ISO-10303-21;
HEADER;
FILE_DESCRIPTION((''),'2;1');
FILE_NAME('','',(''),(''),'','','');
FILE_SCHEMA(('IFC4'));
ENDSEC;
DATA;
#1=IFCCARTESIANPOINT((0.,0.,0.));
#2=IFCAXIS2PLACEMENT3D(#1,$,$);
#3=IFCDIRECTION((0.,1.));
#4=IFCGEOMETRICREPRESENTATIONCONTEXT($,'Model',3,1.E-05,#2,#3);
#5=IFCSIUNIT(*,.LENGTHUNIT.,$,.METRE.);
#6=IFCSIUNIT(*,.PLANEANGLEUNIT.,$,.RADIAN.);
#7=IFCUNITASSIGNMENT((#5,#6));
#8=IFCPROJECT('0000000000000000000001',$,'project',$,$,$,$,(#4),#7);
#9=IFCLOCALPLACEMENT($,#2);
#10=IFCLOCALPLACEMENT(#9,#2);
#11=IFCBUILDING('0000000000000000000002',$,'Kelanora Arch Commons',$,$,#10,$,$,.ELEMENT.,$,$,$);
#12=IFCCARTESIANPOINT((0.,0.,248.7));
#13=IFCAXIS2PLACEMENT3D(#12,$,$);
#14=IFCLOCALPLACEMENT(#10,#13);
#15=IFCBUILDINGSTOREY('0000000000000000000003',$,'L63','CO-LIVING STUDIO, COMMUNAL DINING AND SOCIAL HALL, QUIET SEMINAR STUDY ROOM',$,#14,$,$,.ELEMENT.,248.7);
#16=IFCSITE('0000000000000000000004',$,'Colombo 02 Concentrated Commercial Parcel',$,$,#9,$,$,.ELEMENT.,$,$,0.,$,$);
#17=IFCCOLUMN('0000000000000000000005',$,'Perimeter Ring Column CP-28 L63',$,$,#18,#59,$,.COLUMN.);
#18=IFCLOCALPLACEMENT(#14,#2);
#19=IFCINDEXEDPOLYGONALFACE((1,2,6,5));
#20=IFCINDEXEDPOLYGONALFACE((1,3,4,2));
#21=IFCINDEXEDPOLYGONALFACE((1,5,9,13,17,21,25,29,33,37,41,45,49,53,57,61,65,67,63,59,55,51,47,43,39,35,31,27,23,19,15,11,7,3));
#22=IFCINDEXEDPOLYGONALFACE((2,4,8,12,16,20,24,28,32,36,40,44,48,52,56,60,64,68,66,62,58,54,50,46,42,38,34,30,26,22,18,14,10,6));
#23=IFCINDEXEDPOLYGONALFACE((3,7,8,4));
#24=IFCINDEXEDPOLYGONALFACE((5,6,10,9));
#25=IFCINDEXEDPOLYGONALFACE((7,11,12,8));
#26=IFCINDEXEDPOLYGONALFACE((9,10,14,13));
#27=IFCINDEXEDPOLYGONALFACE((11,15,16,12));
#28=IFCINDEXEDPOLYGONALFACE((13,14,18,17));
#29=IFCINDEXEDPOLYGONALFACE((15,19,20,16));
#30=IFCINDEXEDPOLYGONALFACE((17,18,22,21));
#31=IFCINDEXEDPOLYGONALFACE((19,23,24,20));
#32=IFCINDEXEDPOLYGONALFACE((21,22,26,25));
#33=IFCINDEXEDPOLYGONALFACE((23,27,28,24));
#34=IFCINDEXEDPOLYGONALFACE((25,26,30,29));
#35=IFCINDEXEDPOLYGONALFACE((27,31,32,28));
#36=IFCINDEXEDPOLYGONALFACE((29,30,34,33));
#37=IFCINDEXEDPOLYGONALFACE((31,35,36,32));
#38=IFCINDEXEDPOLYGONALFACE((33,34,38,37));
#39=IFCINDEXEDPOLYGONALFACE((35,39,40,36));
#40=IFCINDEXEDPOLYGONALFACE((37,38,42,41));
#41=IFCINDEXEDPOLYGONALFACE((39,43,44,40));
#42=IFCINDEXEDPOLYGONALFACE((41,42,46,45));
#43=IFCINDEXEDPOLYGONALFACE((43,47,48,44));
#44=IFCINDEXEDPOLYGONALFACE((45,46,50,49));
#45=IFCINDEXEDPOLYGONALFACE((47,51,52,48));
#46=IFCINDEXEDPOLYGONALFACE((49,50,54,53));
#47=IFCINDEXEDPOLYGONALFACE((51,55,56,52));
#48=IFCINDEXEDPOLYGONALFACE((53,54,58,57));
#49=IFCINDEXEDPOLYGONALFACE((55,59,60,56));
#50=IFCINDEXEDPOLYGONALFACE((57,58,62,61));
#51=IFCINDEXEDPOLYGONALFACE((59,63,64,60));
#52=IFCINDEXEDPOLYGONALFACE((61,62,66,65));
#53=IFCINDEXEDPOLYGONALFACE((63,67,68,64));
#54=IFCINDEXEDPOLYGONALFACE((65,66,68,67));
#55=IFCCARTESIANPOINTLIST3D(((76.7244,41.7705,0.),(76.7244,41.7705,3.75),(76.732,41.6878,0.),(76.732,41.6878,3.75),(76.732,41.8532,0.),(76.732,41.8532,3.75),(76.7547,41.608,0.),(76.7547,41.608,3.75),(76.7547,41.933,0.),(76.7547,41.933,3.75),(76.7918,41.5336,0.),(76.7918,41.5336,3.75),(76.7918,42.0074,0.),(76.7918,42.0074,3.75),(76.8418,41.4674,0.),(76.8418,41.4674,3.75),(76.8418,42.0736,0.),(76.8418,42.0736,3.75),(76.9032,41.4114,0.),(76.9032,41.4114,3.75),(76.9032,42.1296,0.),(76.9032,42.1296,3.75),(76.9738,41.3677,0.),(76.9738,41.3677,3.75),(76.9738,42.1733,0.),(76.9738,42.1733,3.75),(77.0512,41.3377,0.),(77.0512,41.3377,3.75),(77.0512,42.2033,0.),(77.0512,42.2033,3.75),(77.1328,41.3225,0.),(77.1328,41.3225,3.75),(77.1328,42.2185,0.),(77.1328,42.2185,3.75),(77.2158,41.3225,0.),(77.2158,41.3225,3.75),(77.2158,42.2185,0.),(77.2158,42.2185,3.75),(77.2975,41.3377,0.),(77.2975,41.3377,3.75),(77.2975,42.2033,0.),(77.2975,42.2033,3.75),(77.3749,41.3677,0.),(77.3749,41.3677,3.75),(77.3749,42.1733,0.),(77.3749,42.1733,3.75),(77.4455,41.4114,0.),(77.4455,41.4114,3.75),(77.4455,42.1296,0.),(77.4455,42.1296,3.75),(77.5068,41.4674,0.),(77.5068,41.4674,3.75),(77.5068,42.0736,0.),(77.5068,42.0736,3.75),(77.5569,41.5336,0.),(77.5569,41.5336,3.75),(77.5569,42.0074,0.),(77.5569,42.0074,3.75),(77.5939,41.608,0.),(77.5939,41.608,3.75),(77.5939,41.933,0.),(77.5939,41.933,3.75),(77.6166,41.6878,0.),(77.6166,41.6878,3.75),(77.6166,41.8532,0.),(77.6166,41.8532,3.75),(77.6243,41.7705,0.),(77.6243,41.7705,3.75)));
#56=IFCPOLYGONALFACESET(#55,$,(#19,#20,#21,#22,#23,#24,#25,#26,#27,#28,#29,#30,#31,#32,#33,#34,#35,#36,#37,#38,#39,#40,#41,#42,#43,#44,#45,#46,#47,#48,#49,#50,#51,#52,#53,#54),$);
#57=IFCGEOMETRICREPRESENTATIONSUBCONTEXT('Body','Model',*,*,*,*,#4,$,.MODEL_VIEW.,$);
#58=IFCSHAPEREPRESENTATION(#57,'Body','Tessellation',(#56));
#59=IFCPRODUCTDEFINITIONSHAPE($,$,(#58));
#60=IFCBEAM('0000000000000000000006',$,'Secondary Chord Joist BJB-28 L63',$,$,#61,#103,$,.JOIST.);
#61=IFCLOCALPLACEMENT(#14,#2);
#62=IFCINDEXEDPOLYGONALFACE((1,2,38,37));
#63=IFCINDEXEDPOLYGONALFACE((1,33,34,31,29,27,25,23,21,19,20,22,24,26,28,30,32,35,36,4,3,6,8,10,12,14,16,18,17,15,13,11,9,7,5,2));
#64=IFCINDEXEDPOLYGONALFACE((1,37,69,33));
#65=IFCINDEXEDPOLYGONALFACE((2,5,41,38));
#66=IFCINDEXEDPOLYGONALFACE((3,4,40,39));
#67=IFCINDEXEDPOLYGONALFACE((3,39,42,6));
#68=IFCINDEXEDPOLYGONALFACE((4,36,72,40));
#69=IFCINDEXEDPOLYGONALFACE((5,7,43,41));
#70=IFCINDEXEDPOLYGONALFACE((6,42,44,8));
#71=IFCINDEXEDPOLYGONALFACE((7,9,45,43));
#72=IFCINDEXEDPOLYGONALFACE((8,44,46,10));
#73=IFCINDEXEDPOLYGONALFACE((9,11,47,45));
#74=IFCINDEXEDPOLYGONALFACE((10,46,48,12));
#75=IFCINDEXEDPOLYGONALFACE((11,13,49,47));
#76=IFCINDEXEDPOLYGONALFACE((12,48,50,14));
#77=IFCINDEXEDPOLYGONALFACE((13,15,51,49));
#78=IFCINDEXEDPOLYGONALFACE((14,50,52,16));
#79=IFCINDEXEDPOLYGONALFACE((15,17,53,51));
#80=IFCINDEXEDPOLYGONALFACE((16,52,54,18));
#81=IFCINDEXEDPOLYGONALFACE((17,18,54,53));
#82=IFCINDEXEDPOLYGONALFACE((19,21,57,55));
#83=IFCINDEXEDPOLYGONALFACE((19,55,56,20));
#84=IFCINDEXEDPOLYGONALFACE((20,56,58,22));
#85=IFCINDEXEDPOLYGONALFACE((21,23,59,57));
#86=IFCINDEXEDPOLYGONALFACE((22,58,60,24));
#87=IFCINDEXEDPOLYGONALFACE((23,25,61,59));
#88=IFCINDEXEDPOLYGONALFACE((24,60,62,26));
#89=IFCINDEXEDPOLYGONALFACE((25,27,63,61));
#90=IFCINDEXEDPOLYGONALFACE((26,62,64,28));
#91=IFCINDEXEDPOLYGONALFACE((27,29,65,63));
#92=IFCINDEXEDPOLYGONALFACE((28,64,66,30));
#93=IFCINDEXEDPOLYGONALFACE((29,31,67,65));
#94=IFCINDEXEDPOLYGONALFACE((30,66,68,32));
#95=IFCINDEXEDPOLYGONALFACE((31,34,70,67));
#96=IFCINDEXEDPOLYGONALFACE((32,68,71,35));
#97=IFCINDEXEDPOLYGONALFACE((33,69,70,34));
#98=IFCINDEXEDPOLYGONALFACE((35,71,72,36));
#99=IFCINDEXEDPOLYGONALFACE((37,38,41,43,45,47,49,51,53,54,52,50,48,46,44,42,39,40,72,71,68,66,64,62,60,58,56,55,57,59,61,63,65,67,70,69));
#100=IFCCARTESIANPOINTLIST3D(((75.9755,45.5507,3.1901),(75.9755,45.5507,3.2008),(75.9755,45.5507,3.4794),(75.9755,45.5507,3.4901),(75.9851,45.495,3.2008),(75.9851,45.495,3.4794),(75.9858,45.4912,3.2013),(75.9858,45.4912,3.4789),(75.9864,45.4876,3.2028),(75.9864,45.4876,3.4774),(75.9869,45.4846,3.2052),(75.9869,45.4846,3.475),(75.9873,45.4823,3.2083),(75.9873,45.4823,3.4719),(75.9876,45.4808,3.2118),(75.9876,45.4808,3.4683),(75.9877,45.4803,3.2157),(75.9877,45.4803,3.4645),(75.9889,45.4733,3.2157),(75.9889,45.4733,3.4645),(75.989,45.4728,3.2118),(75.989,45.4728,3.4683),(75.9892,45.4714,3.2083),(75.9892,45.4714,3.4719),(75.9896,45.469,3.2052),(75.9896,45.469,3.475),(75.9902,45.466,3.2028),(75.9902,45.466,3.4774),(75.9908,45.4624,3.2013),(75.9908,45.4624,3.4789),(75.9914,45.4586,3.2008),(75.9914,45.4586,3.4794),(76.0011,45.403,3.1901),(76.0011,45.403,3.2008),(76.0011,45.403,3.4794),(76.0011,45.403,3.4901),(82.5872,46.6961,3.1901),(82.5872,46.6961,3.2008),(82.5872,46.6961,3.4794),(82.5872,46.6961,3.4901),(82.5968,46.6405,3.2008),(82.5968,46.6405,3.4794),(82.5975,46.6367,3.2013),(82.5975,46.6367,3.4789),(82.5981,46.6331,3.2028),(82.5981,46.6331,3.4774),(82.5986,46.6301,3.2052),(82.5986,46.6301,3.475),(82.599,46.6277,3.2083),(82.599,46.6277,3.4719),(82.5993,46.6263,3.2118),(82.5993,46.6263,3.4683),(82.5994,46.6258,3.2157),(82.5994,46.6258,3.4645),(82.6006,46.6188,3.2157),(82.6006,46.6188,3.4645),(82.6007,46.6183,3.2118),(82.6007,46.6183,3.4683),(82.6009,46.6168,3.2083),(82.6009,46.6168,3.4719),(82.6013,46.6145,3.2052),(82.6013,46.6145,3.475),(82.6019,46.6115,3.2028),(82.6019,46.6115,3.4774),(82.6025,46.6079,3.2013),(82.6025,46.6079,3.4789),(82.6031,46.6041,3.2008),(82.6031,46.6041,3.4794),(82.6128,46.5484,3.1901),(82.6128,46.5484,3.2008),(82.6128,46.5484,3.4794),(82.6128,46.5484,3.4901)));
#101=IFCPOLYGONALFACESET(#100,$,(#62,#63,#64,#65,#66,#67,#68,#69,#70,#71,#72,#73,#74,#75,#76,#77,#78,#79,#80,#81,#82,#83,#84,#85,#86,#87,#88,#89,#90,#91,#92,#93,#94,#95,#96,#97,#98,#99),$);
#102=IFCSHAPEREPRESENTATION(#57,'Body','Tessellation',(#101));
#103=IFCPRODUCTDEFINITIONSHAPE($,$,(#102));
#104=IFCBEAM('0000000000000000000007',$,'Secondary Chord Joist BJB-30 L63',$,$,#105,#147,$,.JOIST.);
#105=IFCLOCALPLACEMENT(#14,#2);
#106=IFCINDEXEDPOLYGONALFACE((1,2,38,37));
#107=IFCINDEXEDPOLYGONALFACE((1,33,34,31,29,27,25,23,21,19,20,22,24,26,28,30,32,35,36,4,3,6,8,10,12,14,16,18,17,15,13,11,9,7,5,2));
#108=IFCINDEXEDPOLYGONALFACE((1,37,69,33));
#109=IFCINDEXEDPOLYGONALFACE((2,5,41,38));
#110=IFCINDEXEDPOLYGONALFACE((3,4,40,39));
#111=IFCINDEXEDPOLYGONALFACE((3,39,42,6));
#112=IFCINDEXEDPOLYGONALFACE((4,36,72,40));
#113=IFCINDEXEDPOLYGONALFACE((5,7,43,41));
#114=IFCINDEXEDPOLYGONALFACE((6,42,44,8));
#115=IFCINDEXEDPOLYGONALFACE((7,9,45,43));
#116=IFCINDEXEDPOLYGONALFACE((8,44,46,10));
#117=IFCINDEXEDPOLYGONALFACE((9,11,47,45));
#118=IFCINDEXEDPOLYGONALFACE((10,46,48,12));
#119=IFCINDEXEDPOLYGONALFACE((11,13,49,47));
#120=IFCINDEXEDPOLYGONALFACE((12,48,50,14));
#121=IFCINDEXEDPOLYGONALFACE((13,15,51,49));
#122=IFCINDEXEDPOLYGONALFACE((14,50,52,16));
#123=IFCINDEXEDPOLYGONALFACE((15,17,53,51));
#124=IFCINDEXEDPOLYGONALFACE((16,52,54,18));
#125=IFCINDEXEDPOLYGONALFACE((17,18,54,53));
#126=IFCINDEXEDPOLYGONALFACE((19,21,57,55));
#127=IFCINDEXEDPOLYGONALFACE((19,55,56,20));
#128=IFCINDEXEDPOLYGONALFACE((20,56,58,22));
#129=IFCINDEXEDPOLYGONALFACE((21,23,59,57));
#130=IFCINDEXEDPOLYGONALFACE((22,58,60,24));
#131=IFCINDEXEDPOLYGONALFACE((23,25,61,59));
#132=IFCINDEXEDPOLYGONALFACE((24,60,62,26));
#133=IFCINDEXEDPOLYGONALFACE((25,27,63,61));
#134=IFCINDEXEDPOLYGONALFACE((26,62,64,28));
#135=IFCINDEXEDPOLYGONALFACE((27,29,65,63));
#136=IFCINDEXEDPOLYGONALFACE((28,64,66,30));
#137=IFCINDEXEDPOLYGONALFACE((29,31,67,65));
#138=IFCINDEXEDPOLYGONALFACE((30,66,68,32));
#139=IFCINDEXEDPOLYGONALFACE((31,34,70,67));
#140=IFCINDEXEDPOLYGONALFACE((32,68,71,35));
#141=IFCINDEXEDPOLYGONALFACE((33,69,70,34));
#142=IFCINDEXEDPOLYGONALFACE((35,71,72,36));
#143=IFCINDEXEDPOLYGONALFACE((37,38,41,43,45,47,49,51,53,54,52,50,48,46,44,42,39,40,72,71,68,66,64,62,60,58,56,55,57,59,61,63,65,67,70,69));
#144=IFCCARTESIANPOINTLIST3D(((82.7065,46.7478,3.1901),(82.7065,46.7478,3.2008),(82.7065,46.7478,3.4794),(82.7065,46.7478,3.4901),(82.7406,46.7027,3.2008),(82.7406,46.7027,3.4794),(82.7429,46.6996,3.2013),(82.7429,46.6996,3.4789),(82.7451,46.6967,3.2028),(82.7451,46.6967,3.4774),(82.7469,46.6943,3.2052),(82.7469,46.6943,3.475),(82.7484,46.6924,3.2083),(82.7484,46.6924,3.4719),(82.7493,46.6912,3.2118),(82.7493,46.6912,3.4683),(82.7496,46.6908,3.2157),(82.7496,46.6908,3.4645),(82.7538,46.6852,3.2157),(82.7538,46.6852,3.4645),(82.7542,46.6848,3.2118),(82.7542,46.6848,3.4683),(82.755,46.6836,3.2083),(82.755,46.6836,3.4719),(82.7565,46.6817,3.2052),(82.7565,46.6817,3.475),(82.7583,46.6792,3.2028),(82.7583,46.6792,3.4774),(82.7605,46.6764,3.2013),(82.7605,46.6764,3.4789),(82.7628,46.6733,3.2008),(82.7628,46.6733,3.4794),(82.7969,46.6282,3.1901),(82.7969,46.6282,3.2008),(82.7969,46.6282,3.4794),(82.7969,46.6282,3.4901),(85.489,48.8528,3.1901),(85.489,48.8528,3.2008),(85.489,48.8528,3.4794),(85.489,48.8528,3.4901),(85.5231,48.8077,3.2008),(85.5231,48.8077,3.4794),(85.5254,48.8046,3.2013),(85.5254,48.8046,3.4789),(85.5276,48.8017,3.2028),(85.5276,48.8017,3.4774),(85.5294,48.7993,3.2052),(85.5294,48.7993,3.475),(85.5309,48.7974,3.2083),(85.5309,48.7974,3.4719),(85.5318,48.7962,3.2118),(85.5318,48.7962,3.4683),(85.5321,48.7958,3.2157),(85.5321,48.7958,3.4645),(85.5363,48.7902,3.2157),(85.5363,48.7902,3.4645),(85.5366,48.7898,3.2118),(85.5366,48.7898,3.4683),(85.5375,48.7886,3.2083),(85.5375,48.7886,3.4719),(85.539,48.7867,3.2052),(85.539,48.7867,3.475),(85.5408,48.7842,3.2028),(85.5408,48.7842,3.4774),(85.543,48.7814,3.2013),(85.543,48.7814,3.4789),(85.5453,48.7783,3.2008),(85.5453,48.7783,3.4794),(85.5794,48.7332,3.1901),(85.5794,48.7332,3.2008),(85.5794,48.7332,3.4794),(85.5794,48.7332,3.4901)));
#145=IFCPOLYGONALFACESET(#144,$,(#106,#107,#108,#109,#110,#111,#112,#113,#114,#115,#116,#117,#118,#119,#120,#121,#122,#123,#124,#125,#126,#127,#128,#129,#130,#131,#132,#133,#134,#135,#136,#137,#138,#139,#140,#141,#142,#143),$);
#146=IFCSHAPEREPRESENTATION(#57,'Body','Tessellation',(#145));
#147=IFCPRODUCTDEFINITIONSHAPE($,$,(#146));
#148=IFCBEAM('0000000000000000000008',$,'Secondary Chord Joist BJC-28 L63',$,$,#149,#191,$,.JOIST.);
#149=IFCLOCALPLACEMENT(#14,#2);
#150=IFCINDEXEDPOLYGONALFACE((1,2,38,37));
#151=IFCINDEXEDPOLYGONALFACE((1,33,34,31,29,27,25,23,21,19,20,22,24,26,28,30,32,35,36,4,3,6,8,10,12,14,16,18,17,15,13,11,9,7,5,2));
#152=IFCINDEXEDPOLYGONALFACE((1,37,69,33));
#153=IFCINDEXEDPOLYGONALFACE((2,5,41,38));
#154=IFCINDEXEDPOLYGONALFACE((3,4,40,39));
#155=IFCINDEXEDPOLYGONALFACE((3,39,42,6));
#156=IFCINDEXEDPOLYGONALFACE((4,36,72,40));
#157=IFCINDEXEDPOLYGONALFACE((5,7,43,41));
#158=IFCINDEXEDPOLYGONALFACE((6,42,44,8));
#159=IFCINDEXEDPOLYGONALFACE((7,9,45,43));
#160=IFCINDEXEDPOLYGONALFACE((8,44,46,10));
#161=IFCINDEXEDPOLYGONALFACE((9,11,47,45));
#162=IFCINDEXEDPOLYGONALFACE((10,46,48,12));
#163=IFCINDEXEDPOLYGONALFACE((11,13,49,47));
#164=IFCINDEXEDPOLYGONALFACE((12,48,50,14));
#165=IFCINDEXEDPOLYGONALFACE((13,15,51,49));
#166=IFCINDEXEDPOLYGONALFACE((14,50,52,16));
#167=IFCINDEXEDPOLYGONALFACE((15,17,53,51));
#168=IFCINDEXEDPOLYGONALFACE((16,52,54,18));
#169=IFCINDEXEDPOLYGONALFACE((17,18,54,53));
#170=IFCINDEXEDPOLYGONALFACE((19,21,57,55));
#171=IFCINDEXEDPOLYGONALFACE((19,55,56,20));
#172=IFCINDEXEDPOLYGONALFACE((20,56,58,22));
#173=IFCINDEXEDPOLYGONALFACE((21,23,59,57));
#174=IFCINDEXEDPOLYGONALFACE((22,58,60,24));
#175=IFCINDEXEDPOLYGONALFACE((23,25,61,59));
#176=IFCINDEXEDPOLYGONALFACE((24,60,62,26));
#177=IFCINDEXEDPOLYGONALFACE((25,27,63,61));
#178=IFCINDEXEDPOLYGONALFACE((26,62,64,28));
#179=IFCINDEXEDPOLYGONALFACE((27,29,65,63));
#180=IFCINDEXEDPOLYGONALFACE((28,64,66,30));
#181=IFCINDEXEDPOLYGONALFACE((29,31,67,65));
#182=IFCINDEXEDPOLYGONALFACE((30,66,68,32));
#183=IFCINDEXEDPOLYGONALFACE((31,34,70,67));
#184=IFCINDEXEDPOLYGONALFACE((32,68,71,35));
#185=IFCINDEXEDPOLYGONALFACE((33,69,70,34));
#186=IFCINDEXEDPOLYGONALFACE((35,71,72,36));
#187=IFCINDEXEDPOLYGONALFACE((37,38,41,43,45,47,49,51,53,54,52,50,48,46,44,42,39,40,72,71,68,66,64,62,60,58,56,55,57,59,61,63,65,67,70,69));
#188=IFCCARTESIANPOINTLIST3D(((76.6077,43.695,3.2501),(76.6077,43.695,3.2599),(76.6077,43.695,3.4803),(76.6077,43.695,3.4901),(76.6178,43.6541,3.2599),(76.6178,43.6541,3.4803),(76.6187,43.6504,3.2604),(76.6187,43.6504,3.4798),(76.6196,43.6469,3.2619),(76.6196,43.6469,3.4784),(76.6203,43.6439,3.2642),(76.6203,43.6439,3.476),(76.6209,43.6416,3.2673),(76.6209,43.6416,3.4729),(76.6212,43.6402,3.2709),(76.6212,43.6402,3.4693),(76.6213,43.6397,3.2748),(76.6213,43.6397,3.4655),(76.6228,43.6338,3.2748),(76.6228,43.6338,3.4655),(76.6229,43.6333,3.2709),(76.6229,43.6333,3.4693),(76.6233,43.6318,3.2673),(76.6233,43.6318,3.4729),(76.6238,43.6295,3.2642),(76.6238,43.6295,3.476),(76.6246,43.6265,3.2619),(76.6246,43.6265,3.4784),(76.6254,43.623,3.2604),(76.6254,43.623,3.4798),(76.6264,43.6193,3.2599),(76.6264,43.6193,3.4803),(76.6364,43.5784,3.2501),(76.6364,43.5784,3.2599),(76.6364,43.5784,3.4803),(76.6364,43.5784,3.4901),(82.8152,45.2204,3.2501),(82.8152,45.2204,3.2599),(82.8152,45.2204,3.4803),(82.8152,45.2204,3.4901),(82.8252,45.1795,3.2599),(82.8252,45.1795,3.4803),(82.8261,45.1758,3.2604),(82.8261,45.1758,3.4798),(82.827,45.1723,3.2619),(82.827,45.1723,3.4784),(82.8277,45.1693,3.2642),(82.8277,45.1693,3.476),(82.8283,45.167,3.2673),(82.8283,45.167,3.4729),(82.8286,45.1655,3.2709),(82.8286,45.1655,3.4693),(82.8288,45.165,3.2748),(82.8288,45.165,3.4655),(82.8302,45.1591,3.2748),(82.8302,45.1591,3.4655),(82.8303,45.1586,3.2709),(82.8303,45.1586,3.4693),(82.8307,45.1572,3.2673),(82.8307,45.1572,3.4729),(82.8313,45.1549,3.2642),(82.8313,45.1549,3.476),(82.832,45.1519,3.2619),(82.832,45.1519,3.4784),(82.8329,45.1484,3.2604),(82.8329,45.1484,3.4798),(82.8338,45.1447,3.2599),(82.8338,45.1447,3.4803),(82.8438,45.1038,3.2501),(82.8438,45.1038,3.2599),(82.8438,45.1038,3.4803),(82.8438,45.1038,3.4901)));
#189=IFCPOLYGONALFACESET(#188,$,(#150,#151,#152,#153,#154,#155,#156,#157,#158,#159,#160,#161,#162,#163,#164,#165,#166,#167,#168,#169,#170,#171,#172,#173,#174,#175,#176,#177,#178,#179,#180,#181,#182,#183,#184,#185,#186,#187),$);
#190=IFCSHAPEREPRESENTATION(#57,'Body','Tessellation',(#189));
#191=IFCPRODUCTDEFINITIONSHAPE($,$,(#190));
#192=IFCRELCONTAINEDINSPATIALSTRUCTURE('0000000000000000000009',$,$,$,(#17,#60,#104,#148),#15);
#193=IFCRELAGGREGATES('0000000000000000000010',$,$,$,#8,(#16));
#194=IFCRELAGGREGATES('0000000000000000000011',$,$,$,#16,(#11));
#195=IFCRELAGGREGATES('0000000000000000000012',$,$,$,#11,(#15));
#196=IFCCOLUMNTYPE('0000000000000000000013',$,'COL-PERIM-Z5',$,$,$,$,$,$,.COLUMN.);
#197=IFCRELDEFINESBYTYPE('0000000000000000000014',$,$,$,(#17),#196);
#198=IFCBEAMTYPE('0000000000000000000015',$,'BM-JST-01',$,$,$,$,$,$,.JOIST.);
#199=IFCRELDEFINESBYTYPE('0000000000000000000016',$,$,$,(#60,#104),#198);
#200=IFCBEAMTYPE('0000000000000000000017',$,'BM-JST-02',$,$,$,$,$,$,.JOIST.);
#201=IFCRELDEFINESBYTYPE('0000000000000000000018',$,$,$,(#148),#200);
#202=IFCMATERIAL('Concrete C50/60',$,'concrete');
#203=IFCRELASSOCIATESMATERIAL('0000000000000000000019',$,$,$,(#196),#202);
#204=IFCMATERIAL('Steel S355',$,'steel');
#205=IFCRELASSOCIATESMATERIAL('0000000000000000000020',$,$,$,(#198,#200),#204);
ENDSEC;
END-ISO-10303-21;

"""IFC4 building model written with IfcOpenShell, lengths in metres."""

from ifc_helpers import new_model, si_unit, direction, frame, origin, origin_2d, place, context, subcontext, project, spatial, circle, i_section, extrude, material, material_profile, profile_set, type_object, element, save


model = new_model("IFC4")

# Units and contexts
model_context = context("Model", 3, precision=1e-05, world=origin(), true_north=direction((0.0, 1.0)))
body_context = subcontext(model_context, "Body", "Model", "MODEL_VIEW")
ifc_project = project(units=[si_unit("LENGTHUNIT", "METRE"), si_unit("PLANEANGLEUNIT", "RADIAN")], contexts=[model_context])

# Site, building, storey
site_placement = place(None, origin())
site = spatial("IfcSite", under=ifc_project, at=site_placement, Name="Colombo 02 Concentrated Commercial Parcel", CompositionType="ELEMENT", RefElevation=0.0)
building_placement = place(site_placement, origin())
building = spatial("IfcBuilding", under=site, at=building_placement, Name="Kelanora Arch Commons", CompositionType="ELEMENT")
storey_placement = place(building_placement, frame((0.0, 0.0, 248.7)))
storey = spatial("IfcBuildingStorey", under=building, at=storey_placement, Name="L63", Description="CO-LIVING STUDIO, COMMUNAL DINING AND SOCIAL HALL, QUIET SEMINAR STUDY ROOM", CompositionType="ELEMENT", Elevation=248.7)

# Column
ifc_material_1 = material(Name="Concrete C50/60", Category="concrete")
ifc_material_profile_1 = material_profile(ifc_material_1, circle(Radius=0.45, at=origin_2d()), Name="RCC900")
ifc_profile_set_1 = profile_set([ifc_material_profile_1], Name="Concrete C50/60")
column_type = type_object("IfcColumnType", Name="COL-PERIM-Z5", PredefinedType="COLUMN", material=ifc_profile_set_1)
column_placement = place(storey_placement, frame((77.1743, 41.7705, 0.0), z_axis=(0.0, 0.0, 1.0), x_axis=(1.0, 0.0, 0.0)))
element("IfcColumn", 1, at=column_placement, inside=storey, type_object=column_type, Name="Perimeter Ring Column CP-28 L63", PredefinedType="COLUMN", context=body_context, shape_type="SweptSolid", body=[
    extrude(circle(Radius=0.45, at=origin_2d()), origin(), (0.0, 0.0, 1.0), 3.75),
])

# Beams
ifc_material_2 = material(Name="Steel S355", Category="steel")
ifc_material_profile_2 = material_profile(ifc_material_2, i_section(OverallWidth=0.1499, OverallDepth=0.3, WebThickness=0.0071, FlangeThickness=0.0107, FilletRadius=0.0149, at=origin_2d()), Name="IPE300")
ifc_profile_set_2 = profile_set([ifc_material_profile_2], Name="Steel S355")
beam_type_1 = type_object("IfcBeamType", Name="BM-JST-01", PredefinedType="JOIST", material=ifc_profile_set_2)
beam_1_placement = place(storey_placement, frame((75.9883, 45.4768, 3.3401), z_axis=(0.985322, 0.170709, 0.0), x_axis=(-0.170709, 0.985322, 0.0)))
element("IfcBeam", 2, at=beam_1_placement, inside=storey, type_object=beam_type_1, Name="Secondary Chord Joist BJB-28 L63", PredefinedType="JOIST", context=body_context, shape_type="SweptSolid", body=[
    extrude(i_section(OverallWidth=0.1499, OverallDepth=0.3, WebThickness=0.0071, FlangeThickness=0.0107, FilletRadius=0.0149, at=origin_2d()), origin(), (0.0, 0.0, 1.0), 6.7102),
])
beam_2_placement = place(storey_placement, frame((82.7517, 46.688, 3.3401), z_axis=(0.797499, 0.60332, 0.0), x_axis=(-0.60332, 0.797499, 0.0)))
element("IfcBeam", 3, at=beam_2_placement, inside=storey, type_object=beam_type_1, Name="Secondary Chord Joist BJB-30 L63", PredefinedType="JOIST", context=body_context, shape_type="SweptSolid", body=[
    extrude(i_section(OverallWidth=0.1499, OverallDepth=0.3, WebThickness=0.0071, FlangeThickness=0.0107, FilletRadius=0.0149, at=origin_2d()), origin(), (0.0, 0.0, 1.0), 3.489),
])
ifc_material_profile_3 = material_profile(ifc_material_2, i_section(OverallWidth=0.1201, OverallDepth=0.24, WebThickness=0.0061, FlangeThickness=0.0098, FilletRadius=0.0149, at=origin_2d()), Name="IPE240")
ifc_profile_set_3 = profile_set([ifc_material_profile_3], Name="Steel S355")
beam_type_2 = type_object("IfcBeamType", Name="BM-JST-02", PredefinedType="JOIST", material=ifc_profile_set_3)
beam_3_placement = place(storey_placement, frame((76.6221, 43.6367, 3.3701), z_axis=(0.97111, 0.238633, 0.0), x_axis=(-0.238633, 0.97111, 0.0)))
element("IfcBeam", 4, at=beam_3_placement, inside=storey, type_object=beam_type_2, Name="Secondary Chord Joist BJC-28 L63", PredefinedType="JOIST", context=body_context, shape_type="SweptSolid", body=[
    extrude(i_section(OverallWidth=0.1201, OverallDepth=0.24, WebThickness=0.0061, FlangeThickness=0.0098, FilletRadius=0.0149, at=origin_2d()), origin(), (0.0, 0.0, 1.0), 6.3921),
])

save(model, "model.ifc")
